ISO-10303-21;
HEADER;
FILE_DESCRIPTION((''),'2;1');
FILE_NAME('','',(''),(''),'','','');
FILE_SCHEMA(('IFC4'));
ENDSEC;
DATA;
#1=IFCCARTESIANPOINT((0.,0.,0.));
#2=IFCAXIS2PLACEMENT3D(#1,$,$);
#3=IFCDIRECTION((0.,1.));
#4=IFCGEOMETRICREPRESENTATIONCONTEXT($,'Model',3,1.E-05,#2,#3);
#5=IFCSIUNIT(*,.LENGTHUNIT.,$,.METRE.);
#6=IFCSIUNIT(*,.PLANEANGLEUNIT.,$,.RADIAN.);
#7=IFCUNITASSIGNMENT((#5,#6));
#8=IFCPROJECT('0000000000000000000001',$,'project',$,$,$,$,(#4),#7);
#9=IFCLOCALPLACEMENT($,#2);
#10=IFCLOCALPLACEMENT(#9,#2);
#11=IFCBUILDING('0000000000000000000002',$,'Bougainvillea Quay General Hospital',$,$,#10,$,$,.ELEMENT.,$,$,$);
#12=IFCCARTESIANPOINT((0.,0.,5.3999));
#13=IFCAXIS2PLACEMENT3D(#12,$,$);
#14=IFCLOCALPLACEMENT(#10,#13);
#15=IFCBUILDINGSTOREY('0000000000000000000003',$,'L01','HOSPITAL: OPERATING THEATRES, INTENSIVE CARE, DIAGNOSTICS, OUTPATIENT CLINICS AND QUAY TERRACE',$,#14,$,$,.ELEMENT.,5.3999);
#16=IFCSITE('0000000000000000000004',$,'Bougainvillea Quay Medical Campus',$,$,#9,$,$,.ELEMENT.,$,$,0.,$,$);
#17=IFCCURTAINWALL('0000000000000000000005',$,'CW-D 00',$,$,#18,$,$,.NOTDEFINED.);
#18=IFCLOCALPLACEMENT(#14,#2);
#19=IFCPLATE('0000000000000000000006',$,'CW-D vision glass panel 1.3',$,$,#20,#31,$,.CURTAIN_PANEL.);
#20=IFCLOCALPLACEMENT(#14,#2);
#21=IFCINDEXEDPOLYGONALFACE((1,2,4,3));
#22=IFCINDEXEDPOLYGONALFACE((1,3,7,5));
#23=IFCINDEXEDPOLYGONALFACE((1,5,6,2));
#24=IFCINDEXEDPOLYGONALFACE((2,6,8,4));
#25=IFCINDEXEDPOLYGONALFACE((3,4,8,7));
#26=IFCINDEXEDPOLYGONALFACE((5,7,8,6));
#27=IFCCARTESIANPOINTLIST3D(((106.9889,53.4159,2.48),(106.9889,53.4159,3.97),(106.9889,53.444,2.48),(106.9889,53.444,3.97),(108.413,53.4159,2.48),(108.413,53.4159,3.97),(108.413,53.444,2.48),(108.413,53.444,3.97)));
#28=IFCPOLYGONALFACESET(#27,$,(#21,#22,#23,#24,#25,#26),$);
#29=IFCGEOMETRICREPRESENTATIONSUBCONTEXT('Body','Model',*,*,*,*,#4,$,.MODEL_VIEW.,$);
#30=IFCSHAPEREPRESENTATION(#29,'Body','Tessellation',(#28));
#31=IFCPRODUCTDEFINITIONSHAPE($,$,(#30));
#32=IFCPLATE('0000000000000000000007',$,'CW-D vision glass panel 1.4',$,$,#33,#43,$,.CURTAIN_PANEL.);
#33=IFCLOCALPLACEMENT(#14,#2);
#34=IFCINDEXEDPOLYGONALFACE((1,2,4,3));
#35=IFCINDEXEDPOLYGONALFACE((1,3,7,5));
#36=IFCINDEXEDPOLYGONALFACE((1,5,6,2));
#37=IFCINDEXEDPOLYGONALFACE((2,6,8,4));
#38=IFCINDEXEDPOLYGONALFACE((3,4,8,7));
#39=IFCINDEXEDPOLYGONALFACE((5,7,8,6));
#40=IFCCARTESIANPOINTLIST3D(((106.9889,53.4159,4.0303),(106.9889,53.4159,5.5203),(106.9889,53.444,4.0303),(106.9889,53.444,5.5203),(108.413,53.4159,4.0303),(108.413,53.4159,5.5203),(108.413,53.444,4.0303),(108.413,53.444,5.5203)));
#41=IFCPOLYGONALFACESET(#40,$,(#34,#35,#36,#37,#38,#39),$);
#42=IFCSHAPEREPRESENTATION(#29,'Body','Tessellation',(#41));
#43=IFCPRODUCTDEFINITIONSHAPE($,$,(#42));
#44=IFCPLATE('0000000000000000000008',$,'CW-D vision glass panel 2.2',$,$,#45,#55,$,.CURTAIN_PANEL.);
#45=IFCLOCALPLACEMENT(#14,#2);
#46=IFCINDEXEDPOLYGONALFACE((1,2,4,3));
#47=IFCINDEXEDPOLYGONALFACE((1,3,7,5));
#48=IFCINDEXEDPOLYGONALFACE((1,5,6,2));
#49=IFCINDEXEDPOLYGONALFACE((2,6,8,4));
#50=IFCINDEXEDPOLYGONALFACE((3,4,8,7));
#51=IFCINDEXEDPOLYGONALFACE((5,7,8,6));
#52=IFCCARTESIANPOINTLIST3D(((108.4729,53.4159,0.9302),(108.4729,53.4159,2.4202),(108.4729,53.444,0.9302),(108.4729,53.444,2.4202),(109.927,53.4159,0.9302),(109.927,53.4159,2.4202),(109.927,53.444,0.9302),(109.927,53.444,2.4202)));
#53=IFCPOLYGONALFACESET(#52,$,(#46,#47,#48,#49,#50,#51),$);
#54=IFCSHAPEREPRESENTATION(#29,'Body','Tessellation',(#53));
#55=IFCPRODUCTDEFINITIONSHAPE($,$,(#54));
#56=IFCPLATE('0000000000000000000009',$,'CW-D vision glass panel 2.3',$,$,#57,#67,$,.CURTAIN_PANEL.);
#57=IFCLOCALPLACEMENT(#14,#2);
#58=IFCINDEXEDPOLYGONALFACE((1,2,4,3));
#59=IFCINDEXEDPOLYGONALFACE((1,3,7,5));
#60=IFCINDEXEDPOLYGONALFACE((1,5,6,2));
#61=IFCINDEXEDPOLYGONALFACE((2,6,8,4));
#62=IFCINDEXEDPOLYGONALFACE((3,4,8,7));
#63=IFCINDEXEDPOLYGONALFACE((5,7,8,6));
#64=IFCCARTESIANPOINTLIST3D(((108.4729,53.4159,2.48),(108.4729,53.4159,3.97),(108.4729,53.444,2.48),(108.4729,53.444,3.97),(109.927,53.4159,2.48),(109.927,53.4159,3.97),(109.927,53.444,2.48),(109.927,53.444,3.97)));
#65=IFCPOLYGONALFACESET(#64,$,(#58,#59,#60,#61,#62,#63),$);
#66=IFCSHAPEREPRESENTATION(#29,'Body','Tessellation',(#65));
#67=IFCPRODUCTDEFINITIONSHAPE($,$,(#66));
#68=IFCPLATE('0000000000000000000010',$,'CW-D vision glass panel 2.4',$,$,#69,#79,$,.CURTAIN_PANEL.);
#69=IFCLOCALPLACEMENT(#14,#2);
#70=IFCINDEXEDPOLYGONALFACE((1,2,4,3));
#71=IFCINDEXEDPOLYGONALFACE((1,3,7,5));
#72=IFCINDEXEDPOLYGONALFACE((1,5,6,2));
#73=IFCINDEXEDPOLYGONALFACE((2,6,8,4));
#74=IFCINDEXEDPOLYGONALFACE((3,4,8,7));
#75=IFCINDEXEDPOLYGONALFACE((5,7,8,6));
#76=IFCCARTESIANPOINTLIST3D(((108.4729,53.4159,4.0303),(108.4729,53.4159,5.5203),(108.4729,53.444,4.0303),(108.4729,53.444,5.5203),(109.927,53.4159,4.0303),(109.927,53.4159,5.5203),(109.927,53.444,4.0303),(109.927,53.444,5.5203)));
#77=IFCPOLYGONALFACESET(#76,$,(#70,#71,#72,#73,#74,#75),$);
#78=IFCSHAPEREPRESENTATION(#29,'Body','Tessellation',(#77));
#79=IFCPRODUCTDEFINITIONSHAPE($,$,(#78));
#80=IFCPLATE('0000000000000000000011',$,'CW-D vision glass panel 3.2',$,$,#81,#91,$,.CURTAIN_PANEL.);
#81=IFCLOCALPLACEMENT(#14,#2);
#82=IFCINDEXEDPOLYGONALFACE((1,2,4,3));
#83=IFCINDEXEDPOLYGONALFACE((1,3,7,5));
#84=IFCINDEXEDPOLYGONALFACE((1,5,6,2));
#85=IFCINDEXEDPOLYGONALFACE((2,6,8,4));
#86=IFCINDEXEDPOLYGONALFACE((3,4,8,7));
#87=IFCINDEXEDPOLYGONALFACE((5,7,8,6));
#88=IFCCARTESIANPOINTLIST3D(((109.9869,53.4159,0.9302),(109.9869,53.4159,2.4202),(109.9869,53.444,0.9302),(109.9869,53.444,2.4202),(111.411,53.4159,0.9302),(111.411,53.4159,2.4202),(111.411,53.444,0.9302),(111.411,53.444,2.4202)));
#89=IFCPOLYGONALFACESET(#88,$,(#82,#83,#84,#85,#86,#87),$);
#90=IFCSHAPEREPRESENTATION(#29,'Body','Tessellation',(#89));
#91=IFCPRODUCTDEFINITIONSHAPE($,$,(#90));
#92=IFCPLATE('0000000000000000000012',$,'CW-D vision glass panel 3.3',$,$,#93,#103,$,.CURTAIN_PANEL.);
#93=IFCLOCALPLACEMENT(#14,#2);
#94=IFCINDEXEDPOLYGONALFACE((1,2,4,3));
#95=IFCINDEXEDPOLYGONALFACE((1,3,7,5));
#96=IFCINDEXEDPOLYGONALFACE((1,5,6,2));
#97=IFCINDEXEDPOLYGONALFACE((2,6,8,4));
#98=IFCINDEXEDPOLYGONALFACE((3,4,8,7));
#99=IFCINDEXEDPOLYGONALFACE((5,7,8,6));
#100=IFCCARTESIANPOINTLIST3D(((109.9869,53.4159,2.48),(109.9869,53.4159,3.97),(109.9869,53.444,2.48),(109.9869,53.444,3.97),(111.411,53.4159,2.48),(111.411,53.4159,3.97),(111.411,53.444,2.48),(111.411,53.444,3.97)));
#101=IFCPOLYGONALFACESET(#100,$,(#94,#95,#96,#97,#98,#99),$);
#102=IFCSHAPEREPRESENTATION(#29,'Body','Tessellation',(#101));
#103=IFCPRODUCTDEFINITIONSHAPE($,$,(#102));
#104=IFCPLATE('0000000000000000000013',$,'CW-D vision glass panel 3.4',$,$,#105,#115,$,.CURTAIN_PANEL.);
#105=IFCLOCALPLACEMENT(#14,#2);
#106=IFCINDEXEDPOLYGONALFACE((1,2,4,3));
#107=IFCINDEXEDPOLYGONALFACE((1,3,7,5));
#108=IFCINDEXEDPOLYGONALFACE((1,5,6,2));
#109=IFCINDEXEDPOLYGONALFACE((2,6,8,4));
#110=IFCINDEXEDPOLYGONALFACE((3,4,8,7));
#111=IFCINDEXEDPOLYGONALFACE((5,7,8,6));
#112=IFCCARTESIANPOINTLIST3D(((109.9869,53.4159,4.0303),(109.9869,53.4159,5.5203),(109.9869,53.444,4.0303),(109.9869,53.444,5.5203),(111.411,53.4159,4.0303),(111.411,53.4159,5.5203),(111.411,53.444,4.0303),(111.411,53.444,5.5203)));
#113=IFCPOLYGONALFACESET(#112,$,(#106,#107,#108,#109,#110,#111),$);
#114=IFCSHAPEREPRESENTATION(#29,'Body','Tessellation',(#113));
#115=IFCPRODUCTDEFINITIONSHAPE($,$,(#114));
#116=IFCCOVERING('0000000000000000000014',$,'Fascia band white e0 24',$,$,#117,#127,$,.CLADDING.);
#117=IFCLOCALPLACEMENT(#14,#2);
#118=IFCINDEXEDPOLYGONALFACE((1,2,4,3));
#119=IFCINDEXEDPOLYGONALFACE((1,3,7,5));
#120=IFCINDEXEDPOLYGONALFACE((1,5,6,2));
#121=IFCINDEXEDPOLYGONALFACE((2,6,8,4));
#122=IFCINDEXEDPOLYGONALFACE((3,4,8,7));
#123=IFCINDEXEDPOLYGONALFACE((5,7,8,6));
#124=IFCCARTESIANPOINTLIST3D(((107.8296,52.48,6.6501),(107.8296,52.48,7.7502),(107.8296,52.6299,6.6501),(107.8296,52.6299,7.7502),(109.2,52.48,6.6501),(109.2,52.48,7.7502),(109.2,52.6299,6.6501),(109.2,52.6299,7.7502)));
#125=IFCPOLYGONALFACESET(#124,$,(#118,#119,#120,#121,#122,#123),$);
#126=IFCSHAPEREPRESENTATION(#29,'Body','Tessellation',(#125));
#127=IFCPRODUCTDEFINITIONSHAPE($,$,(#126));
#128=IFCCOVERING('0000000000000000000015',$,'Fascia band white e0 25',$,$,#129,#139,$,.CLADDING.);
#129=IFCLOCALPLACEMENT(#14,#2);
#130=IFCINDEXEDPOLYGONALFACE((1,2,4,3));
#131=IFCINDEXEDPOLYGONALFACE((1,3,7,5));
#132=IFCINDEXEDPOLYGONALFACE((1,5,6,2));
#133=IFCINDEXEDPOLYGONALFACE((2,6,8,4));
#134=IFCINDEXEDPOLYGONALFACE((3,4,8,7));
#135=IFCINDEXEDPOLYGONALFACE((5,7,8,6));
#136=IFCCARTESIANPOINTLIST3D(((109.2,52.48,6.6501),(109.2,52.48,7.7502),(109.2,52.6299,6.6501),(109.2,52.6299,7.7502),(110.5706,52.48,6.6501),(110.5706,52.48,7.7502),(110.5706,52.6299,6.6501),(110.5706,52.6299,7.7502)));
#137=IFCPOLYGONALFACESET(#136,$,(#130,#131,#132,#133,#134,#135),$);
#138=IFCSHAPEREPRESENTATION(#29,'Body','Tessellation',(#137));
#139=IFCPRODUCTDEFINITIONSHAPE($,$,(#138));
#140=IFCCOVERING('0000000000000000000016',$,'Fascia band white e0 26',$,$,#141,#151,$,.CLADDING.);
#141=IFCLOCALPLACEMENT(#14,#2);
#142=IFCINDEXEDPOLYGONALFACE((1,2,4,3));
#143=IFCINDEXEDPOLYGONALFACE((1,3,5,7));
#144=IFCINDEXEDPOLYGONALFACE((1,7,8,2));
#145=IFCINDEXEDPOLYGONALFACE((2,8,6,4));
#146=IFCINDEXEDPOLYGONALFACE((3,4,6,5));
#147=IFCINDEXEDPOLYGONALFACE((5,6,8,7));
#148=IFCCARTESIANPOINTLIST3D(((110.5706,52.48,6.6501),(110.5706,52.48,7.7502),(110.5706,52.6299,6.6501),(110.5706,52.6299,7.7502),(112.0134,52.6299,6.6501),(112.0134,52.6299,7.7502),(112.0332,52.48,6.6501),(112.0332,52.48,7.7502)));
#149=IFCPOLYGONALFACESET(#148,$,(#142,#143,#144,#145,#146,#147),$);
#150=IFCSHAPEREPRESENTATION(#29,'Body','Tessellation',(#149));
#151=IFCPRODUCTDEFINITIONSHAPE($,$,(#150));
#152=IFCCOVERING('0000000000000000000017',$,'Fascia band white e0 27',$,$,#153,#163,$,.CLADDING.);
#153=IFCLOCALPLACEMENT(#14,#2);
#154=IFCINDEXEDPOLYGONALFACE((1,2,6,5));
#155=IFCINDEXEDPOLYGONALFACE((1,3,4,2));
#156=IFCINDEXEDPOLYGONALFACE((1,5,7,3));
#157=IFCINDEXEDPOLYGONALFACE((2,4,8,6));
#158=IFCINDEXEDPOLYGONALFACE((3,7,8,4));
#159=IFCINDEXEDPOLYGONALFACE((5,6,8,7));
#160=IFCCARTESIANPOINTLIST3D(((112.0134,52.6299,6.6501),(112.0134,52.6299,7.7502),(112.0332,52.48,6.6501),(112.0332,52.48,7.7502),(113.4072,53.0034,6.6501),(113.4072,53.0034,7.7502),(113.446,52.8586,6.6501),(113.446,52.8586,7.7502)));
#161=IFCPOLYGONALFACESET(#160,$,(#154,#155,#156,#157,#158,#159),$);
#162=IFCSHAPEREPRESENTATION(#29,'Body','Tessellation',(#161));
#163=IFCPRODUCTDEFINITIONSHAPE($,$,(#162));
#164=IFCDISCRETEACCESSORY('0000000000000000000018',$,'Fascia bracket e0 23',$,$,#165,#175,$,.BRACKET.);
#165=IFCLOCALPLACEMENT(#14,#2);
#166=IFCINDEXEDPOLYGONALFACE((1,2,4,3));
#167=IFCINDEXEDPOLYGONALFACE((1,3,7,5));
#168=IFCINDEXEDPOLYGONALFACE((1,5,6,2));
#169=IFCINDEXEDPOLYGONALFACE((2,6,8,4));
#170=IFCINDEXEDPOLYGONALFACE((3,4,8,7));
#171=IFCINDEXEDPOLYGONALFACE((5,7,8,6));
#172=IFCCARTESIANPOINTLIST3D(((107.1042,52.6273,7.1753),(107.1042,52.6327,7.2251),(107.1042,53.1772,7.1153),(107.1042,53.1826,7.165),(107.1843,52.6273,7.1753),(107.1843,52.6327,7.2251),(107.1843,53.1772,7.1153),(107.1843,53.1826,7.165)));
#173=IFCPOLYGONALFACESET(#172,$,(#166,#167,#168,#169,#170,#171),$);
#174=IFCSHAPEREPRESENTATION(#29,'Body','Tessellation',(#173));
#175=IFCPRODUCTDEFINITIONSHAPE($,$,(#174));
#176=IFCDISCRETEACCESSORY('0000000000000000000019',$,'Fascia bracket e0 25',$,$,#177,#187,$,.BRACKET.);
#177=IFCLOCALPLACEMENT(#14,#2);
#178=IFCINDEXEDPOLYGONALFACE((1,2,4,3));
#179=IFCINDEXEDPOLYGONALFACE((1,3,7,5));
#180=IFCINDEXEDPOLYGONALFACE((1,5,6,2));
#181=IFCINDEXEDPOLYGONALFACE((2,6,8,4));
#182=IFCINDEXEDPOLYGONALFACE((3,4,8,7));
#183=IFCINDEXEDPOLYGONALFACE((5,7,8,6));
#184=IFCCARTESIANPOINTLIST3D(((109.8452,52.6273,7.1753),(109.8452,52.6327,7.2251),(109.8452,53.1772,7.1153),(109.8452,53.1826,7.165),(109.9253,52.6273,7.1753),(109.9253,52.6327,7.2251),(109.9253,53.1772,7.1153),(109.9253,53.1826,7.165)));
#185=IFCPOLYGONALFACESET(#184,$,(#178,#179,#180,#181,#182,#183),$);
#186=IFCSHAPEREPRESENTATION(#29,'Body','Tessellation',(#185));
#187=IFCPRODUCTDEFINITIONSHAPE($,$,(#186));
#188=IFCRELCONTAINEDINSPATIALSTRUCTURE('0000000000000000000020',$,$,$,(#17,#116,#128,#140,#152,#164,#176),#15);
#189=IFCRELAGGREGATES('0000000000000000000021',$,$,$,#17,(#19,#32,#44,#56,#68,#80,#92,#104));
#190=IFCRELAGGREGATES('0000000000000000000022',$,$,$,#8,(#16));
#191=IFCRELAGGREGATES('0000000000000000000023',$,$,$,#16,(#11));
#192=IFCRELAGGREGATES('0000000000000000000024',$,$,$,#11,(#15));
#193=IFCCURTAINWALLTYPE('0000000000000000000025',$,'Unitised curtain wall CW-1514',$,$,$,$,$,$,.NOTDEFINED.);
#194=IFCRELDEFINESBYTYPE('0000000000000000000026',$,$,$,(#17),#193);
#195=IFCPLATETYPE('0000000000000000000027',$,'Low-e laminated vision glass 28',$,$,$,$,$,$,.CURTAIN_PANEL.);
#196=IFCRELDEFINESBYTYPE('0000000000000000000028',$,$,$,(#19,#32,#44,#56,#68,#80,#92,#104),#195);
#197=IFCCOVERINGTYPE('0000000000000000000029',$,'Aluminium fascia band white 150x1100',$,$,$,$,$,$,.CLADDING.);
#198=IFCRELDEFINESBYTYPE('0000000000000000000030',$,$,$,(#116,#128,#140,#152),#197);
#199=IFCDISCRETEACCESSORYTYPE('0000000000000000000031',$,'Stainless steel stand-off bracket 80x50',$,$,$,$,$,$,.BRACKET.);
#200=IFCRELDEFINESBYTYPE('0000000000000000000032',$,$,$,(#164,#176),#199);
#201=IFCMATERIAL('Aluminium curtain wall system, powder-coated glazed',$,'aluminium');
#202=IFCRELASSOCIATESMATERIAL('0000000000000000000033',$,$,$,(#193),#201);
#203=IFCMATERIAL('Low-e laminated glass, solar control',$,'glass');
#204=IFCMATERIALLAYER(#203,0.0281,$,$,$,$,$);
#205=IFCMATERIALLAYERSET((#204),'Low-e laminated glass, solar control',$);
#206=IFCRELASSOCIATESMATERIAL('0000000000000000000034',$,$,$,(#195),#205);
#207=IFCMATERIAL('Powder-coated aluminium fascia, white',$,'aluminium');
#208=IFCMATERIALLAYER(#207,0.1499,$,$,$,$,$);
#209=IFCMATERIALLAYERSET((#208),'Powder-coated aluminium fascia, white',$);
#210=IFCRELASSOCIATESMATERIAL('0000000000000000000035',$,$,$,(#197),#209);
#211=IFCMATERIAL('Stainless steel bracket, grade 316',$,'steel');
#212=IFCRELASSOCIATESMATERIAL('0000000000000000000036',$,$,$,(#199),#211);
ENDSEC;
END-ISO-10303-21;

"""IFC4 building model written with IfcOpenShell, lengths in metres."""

from ifc_helpers import new_model, si_unit, direction, frame, origin, origin_2d, place, context, subcontext, project, spatial, polyline, rectangle, outline, extrude, material, layer, layer_set, material_profile, profile_set, type_object, element, aggregate, save


model = new_model("IFC4")

# Units and contexts
model_context = context("Model", 3, precision=1e-05, world=origin(), true_north=direction((0.0, 1.0)))
body_context = subcontext(model_context, "Body", "Model", "MODEL_VIEW")
ifc_project = project(units=[si_unit("LENGTHUNIT", "METRE"), si_unit("PLANEANGLEUNIT", "RADIAN")], contexts=[model_context])

# Site, building, storey
site_placement = place(None, origin())
site = spatial("IfcSite", under=ifc_project, at=site_placement, Name="Bougainvillea Quay Medical Campus", CompositionType="ELEMENT", RefElevation=0.0)
building_placement = place(site_placement, origin())
building = spatial("IfcBuilding", under=site, at=building_placement, Name="Bougainvillea Quay General Hospital", CompositionType="ELEMENT")
storey_placement = place(building_placement, frame((0.0, 0.0, 5.3999)))
storey = spatial("IfcBuildingStorey", under=building, at=storey_placement, Name="L01", Description="HOSPITAL: OPERATING THEATRES, INTENSIVE CARE, DIAGNOSTICS, OUTPATIENT CLINICS AND QUAY TERRACE", CompositionType="ELEMENT", Elevation=5.3999)

# Curtain wall
ifc_material_1 = material(Name="Aluminium curtain wall system, powder-coated glazed", Category="aluminium")
curtain_wall_type = type_object("IfcCurtainWallType", Name="Unitised curtain wall CW-1514", PredefinedType="NOTDEFINED", material=ifc_material_1)
curtain_wall_1_placement = place(storey_placement, origin())
curtain_wall_1 = element("IfcCurtainWall", 1, at=curtain_wall_1_placement, inside=storey, type_object=curtain_wall_type, Name="CW-D 00", PredefinedType="NOTDEFINED")

# Plates
ifc_material_2 = material(Name="Low-e laminated glass, solar control", Category="glass")
ifc_layer_1 = layer(ifc_material_2, 0.0281)
ifc_layer_set_1 = layer_set([ifc_layer_1], Name="Low-e laminated glass, solar control")
plate_type_1 = type_object("IfcPlateType", Name="Low-e laminated vision glass 28", PredefinedType="CURTAIN_PANEL", material=ifc_layer_set_1)
plate_1_placement = place(storey_placement, frame((107.7009, 53.4299, 2.48), z_axis=(0.0, 0.0, 1.0), x_axis=(1.0, 0.0, 0.0)))
plate_1 = element("IfcPlate", 2, at=plate_1_placement, type_object=plate_type_1, Name="CW-D vision glass panel 1.3", PredefinedType="CURTAIN_PANEL", context=body_context, shape_type="SweptSolid", body=[
    extrude(rectangle(XDim=1.4241, YDim=0.0281, at=origin_2d()), origin(), (0.0, 0.0, 1.0), 1.49),
])
plate_2_placement = place(storey_placement, frame((107.7009, 53.4299, 4.0303), z_axis=(0.0, 0.0, 1.0), x_axis=(1.0, 0.0, 0.0)))
plate_2 = element("IfcPlate", 3, at=plate_2_placement, type_object=plate_type_1, Name="CW-D vision glass panel 1.4", PredefinedType="CURTAIN_PANEL", context=body_context, shape_type="SweptSolid", body=[
    extrude(rectangle(XDim=1.4241, YDim=0.0281, at=origin_2d()), origin(), (0.0, 0.0, 1.0), 1.49),
])
plate_3_placement = place(storey_placement, frame((109.2, 53.4299, 0.9302), z_axis=(0.0, 0.0, 1.0), x_axis=(1.0, 0.0, 0.0)))
plate_3 = element("IfcPlate", 4, at=plate_3_placement, type_object=plate_type_1, Name="CW-D vision glass panel 2.2", PredefinedType="CURTAIN_PANEL", context=body_context, shape_type="SweptSolid", body=[
    extrude(rectangle(XDim=1.4541, YDim=0.0281, at=origin_2d()), origin(), (0.0, 0.0, 1.0), 1.49),
])
plate_4_placement = place(storey_placement, frame((109.2, 53.4299, 2.48), z_axis=(0.0, 0.0, 1.0), x_axis=(1.0, 0.0, 0.0)))
plate_4 = element("IfcPlate", 5, at=plate_4_placement, type_object=plate_type_1, Name="CW-D vision glass panel 2.3", PredefinedType="CURTAIN_PANEL", context=body_context, shape_type="SweptSolid", body=[
    extrude(rectangle(XDim=1.4541, YDim=0.0281, at=origin_2d()), origin(), (0.0, 0.0, 1.0), 1.49),
])
plate_5_placement = place(storey_placement, frame((109.2, 53.4299, 4.0303), z_axis=(0.0, 0.0, 1.0), x_axis=(1.0, 0.0, 0.0)))
plate_5 = element("IfcPlate", 6, at=plate_5_placement, type_object=plate_type_1, Name="CW-D vision glass panel 2.4", PredefinedType="CURTAIN_PANEL", context=body_context, shape_type="SweptSolid", body=[
    extrude(rectangle(XDim=1.4541, YDim=0.0281, at=origin_2d()), origin(), (0.0, 0.0, 1.0), 1.49),
])
plate_6_placement = place(storey_placement, frame((110.699, 53.4299, 0.9302), z_axis=(0.0, 0.0, 1.0), x_axis=(1.0, 0.0, 0.0)))
plate_6 = element("IfcPlate", 7, at=plate_6_placement, type_object=plate_type_1, Name="CW-D vision glass panel 3.2", PredefinedType="CURTAIN_PANEL", context=body_context, shape_type="SweptSolid", body=[
    extrude(rectangle(XDim=1.4241, YDim=0.0281, at=origin_2d()), origin(), (0.0, 0.0, 1.0), 1.49),
])
plate_7_placement = place(storey_placement, frame((110.699, 53.4299, 2.48), z_axis=(0.0, 0.0, 1.0), x_axis=(1.0, 0.0, 0.0)))
plate_7 = element("IfcPlate", 8, at=plate_7_placement, type_object=plate_type_1, Name="CW-D vision glass panel 3.3", PredefinedType="CURTAIN_PANEL", context=body_context, shape_type="SweptSolid", body=[
    extrude(rectangle(XDim=1.4241, YDim=0.0281, at=origin_2d()), origin(), (0.0, 0.0, 1.0), 1.49),
])
plate_8_placement = place(storey_placement, frame((110.699, 53.4299, 4.0303), z_axis=(0.0, 0.0, 1.0), x_axis=(1.0, 0.0, 0.0)))
plate_8 = element("IfcPlate", 9, at=plate_8_placement, type_object=plate_type_1, Name="CW-D vision glass panel 3.4", PredefinedType="CURTAIN_PANEL", context=body_context, shape_type="SweptSolid", body=[
    extrude(rectangle(XDim=1.4241, YDim=0.0281, at=origin_2d()), origin(), (0.0, 0.0, 1.0), 1.49),
])
aggregate(curtain_wall_1, [plate_1, plate_2, plate_3, plate_4, plate_5, plate_6, plate_7, plate_8])

# Coverings
ifc_material_3 = material(Name="Powder-coated aluminium fascia, white", Category="aluminium")
ifc_layer_2 = layer(ifc_material_3, 0.1499)
ifc_layer_set_2 = layer_set([ifc_layer_2], Name="Powder-coated aluminium fascia, white")
covering_type = type_object("IfcCoveringType", Name="Aluminium fascia band white 150x1100", PredefinedType="CLADDING", material=ifc_layer_set_2)
covering_1_placement = place(storey_placement, frame((107.8296, 52.6299, 6.6501), z_axis=(0.0, 0.0, 1.0), x_axis=(1.0, 0.0, 0.0)))
element("IfcCovering", 10, at=covering_1_placement, inside=storey, type_object=covering_type, Name="Fascia band white e0 24", PredefinedType="CLADDING", context=body_context, shape_type="SweptSolid", body=[
    extrude(outline(polyline([(0.0, 0.0), (1.3704, 0.0), (1.3704, -0.1499), (0.0, -0.1499), (0.0, 0.0)])), origin(), (0.0, 0.0, 1.0), 1.1001),
])
covering_2_placement = place(storey_placement, frame((109.2, 52.6299, 6.6501), z_axis=(0.0, 0.0, 1.0), x_axis=(1.0, 0.0, 0.0)))
element("IfcCovering", 11, at=covering_2_placement, inside=storey, type_object=covering_type, Name="Fascia band white e0 25", PredefinedType="CLADDING", context=body_context, shape_type="SweptSolid", body=[
    extrude(outline(polyline([(0.0, 0.0), (1.3706, 0.0), (1.3706, -0.1499), (0.0, -0.1499), (0.0, 0.0)])), origin(), (0.0, 0.0, 1.0), 1.1001),
])
covering_3_placement = place(storey_placement, frame((110.5706, 52.6299, 6.6501), z_axis=(0.0, 0.0, 1.0), x_axis=(1.0, 0.0, 0.0)))
element("IfcCovering", 12, at=covering_3_placement, inside=storey, type_object=covering_type, Name="Fascia band white e0 26", PredefinedType="CLADDING", context=body_context, shape_type="SweptSolid", body=[
    extrude(outline(polyline([(0.0, 0.0), (1.4429, 0.0), (1.4626, -0.1499), (0.0, -0.1499), (0.0, 0.0)])), origin(), (0.0, 0.0, 1.0), 1.1001),
])
covering_4_placement = place(storey_placement, frame((112.0134, 52.6299, 6.6501), z_axis=(0.0, 0.0, 1.0), x_axis=(0.965914, 0.258863, 0.0)))
element("IfcCovering", 13, at=covering_4_placement, inside=storey, type_object=covering_type, Name="Fascia band white e0 27", PredefinedType="CLADDING", context=body_context, shape_type="SweptSolid", body=[
    extrude(outline(polyline([(0.0, 0.0), (1.443, 0.0), (1.443, -0.1499), (-0.0197, -0.1499), (0.0, 0.0)])), origin(), (0.0, 0.0, 1.0), 1.1001),
])

# Discrete accessories
ifc_material_4 = material(Name="Stainless steel bracket, grade 316", Category="steel")
ifc_material_profile_1 = material_profile(ifc_material_4, rectangle(XDim=0.0801, YDim=0.05, at=origin_2d()))
ifc_profile_set_1 = profile_set([ifc_material_profile_1], Name="Stainless steel bracket, grade 316")
discrete_accessory_type = type_object("IfcDiscreteAccessoryType", Name="Stainless steel stand-off bracket 80x50", PredefinedType="BRACKET", material=ifc_profile_set_1)
for number, where, z_axis, x_axis, name in (
    (14, (107.1443, 53.1799, 7.1401), (0.0, -0.994092, 0.108543), (1.0, 0.0, 0.0), "Fascia bracket e0 23"),
    (15, (109.8853, 53.1799, 7.1401), (0.0, -0.994092, 0.108543), (1.0, 0.0, 0.0), "Fascia bracket e0 25"),
):
    element("IfcDiscreteAccessory", number, at=place(storey_placement, frame(where, z_axis=z_axis, x_axis=x_axis)), inside=storey, type_object=discrete_accessory_type, Name=name, PredefinedType="BRACKET", context=body_context, shape_type="SweptSolid", body=[
        extrude(rectangle(XDim=0.0801, YDim=0.05, at=origin_2d()), origin(), (0.0, 0.0, 1.0), 0.5532),
    ])

save(model, "model.ifc")
